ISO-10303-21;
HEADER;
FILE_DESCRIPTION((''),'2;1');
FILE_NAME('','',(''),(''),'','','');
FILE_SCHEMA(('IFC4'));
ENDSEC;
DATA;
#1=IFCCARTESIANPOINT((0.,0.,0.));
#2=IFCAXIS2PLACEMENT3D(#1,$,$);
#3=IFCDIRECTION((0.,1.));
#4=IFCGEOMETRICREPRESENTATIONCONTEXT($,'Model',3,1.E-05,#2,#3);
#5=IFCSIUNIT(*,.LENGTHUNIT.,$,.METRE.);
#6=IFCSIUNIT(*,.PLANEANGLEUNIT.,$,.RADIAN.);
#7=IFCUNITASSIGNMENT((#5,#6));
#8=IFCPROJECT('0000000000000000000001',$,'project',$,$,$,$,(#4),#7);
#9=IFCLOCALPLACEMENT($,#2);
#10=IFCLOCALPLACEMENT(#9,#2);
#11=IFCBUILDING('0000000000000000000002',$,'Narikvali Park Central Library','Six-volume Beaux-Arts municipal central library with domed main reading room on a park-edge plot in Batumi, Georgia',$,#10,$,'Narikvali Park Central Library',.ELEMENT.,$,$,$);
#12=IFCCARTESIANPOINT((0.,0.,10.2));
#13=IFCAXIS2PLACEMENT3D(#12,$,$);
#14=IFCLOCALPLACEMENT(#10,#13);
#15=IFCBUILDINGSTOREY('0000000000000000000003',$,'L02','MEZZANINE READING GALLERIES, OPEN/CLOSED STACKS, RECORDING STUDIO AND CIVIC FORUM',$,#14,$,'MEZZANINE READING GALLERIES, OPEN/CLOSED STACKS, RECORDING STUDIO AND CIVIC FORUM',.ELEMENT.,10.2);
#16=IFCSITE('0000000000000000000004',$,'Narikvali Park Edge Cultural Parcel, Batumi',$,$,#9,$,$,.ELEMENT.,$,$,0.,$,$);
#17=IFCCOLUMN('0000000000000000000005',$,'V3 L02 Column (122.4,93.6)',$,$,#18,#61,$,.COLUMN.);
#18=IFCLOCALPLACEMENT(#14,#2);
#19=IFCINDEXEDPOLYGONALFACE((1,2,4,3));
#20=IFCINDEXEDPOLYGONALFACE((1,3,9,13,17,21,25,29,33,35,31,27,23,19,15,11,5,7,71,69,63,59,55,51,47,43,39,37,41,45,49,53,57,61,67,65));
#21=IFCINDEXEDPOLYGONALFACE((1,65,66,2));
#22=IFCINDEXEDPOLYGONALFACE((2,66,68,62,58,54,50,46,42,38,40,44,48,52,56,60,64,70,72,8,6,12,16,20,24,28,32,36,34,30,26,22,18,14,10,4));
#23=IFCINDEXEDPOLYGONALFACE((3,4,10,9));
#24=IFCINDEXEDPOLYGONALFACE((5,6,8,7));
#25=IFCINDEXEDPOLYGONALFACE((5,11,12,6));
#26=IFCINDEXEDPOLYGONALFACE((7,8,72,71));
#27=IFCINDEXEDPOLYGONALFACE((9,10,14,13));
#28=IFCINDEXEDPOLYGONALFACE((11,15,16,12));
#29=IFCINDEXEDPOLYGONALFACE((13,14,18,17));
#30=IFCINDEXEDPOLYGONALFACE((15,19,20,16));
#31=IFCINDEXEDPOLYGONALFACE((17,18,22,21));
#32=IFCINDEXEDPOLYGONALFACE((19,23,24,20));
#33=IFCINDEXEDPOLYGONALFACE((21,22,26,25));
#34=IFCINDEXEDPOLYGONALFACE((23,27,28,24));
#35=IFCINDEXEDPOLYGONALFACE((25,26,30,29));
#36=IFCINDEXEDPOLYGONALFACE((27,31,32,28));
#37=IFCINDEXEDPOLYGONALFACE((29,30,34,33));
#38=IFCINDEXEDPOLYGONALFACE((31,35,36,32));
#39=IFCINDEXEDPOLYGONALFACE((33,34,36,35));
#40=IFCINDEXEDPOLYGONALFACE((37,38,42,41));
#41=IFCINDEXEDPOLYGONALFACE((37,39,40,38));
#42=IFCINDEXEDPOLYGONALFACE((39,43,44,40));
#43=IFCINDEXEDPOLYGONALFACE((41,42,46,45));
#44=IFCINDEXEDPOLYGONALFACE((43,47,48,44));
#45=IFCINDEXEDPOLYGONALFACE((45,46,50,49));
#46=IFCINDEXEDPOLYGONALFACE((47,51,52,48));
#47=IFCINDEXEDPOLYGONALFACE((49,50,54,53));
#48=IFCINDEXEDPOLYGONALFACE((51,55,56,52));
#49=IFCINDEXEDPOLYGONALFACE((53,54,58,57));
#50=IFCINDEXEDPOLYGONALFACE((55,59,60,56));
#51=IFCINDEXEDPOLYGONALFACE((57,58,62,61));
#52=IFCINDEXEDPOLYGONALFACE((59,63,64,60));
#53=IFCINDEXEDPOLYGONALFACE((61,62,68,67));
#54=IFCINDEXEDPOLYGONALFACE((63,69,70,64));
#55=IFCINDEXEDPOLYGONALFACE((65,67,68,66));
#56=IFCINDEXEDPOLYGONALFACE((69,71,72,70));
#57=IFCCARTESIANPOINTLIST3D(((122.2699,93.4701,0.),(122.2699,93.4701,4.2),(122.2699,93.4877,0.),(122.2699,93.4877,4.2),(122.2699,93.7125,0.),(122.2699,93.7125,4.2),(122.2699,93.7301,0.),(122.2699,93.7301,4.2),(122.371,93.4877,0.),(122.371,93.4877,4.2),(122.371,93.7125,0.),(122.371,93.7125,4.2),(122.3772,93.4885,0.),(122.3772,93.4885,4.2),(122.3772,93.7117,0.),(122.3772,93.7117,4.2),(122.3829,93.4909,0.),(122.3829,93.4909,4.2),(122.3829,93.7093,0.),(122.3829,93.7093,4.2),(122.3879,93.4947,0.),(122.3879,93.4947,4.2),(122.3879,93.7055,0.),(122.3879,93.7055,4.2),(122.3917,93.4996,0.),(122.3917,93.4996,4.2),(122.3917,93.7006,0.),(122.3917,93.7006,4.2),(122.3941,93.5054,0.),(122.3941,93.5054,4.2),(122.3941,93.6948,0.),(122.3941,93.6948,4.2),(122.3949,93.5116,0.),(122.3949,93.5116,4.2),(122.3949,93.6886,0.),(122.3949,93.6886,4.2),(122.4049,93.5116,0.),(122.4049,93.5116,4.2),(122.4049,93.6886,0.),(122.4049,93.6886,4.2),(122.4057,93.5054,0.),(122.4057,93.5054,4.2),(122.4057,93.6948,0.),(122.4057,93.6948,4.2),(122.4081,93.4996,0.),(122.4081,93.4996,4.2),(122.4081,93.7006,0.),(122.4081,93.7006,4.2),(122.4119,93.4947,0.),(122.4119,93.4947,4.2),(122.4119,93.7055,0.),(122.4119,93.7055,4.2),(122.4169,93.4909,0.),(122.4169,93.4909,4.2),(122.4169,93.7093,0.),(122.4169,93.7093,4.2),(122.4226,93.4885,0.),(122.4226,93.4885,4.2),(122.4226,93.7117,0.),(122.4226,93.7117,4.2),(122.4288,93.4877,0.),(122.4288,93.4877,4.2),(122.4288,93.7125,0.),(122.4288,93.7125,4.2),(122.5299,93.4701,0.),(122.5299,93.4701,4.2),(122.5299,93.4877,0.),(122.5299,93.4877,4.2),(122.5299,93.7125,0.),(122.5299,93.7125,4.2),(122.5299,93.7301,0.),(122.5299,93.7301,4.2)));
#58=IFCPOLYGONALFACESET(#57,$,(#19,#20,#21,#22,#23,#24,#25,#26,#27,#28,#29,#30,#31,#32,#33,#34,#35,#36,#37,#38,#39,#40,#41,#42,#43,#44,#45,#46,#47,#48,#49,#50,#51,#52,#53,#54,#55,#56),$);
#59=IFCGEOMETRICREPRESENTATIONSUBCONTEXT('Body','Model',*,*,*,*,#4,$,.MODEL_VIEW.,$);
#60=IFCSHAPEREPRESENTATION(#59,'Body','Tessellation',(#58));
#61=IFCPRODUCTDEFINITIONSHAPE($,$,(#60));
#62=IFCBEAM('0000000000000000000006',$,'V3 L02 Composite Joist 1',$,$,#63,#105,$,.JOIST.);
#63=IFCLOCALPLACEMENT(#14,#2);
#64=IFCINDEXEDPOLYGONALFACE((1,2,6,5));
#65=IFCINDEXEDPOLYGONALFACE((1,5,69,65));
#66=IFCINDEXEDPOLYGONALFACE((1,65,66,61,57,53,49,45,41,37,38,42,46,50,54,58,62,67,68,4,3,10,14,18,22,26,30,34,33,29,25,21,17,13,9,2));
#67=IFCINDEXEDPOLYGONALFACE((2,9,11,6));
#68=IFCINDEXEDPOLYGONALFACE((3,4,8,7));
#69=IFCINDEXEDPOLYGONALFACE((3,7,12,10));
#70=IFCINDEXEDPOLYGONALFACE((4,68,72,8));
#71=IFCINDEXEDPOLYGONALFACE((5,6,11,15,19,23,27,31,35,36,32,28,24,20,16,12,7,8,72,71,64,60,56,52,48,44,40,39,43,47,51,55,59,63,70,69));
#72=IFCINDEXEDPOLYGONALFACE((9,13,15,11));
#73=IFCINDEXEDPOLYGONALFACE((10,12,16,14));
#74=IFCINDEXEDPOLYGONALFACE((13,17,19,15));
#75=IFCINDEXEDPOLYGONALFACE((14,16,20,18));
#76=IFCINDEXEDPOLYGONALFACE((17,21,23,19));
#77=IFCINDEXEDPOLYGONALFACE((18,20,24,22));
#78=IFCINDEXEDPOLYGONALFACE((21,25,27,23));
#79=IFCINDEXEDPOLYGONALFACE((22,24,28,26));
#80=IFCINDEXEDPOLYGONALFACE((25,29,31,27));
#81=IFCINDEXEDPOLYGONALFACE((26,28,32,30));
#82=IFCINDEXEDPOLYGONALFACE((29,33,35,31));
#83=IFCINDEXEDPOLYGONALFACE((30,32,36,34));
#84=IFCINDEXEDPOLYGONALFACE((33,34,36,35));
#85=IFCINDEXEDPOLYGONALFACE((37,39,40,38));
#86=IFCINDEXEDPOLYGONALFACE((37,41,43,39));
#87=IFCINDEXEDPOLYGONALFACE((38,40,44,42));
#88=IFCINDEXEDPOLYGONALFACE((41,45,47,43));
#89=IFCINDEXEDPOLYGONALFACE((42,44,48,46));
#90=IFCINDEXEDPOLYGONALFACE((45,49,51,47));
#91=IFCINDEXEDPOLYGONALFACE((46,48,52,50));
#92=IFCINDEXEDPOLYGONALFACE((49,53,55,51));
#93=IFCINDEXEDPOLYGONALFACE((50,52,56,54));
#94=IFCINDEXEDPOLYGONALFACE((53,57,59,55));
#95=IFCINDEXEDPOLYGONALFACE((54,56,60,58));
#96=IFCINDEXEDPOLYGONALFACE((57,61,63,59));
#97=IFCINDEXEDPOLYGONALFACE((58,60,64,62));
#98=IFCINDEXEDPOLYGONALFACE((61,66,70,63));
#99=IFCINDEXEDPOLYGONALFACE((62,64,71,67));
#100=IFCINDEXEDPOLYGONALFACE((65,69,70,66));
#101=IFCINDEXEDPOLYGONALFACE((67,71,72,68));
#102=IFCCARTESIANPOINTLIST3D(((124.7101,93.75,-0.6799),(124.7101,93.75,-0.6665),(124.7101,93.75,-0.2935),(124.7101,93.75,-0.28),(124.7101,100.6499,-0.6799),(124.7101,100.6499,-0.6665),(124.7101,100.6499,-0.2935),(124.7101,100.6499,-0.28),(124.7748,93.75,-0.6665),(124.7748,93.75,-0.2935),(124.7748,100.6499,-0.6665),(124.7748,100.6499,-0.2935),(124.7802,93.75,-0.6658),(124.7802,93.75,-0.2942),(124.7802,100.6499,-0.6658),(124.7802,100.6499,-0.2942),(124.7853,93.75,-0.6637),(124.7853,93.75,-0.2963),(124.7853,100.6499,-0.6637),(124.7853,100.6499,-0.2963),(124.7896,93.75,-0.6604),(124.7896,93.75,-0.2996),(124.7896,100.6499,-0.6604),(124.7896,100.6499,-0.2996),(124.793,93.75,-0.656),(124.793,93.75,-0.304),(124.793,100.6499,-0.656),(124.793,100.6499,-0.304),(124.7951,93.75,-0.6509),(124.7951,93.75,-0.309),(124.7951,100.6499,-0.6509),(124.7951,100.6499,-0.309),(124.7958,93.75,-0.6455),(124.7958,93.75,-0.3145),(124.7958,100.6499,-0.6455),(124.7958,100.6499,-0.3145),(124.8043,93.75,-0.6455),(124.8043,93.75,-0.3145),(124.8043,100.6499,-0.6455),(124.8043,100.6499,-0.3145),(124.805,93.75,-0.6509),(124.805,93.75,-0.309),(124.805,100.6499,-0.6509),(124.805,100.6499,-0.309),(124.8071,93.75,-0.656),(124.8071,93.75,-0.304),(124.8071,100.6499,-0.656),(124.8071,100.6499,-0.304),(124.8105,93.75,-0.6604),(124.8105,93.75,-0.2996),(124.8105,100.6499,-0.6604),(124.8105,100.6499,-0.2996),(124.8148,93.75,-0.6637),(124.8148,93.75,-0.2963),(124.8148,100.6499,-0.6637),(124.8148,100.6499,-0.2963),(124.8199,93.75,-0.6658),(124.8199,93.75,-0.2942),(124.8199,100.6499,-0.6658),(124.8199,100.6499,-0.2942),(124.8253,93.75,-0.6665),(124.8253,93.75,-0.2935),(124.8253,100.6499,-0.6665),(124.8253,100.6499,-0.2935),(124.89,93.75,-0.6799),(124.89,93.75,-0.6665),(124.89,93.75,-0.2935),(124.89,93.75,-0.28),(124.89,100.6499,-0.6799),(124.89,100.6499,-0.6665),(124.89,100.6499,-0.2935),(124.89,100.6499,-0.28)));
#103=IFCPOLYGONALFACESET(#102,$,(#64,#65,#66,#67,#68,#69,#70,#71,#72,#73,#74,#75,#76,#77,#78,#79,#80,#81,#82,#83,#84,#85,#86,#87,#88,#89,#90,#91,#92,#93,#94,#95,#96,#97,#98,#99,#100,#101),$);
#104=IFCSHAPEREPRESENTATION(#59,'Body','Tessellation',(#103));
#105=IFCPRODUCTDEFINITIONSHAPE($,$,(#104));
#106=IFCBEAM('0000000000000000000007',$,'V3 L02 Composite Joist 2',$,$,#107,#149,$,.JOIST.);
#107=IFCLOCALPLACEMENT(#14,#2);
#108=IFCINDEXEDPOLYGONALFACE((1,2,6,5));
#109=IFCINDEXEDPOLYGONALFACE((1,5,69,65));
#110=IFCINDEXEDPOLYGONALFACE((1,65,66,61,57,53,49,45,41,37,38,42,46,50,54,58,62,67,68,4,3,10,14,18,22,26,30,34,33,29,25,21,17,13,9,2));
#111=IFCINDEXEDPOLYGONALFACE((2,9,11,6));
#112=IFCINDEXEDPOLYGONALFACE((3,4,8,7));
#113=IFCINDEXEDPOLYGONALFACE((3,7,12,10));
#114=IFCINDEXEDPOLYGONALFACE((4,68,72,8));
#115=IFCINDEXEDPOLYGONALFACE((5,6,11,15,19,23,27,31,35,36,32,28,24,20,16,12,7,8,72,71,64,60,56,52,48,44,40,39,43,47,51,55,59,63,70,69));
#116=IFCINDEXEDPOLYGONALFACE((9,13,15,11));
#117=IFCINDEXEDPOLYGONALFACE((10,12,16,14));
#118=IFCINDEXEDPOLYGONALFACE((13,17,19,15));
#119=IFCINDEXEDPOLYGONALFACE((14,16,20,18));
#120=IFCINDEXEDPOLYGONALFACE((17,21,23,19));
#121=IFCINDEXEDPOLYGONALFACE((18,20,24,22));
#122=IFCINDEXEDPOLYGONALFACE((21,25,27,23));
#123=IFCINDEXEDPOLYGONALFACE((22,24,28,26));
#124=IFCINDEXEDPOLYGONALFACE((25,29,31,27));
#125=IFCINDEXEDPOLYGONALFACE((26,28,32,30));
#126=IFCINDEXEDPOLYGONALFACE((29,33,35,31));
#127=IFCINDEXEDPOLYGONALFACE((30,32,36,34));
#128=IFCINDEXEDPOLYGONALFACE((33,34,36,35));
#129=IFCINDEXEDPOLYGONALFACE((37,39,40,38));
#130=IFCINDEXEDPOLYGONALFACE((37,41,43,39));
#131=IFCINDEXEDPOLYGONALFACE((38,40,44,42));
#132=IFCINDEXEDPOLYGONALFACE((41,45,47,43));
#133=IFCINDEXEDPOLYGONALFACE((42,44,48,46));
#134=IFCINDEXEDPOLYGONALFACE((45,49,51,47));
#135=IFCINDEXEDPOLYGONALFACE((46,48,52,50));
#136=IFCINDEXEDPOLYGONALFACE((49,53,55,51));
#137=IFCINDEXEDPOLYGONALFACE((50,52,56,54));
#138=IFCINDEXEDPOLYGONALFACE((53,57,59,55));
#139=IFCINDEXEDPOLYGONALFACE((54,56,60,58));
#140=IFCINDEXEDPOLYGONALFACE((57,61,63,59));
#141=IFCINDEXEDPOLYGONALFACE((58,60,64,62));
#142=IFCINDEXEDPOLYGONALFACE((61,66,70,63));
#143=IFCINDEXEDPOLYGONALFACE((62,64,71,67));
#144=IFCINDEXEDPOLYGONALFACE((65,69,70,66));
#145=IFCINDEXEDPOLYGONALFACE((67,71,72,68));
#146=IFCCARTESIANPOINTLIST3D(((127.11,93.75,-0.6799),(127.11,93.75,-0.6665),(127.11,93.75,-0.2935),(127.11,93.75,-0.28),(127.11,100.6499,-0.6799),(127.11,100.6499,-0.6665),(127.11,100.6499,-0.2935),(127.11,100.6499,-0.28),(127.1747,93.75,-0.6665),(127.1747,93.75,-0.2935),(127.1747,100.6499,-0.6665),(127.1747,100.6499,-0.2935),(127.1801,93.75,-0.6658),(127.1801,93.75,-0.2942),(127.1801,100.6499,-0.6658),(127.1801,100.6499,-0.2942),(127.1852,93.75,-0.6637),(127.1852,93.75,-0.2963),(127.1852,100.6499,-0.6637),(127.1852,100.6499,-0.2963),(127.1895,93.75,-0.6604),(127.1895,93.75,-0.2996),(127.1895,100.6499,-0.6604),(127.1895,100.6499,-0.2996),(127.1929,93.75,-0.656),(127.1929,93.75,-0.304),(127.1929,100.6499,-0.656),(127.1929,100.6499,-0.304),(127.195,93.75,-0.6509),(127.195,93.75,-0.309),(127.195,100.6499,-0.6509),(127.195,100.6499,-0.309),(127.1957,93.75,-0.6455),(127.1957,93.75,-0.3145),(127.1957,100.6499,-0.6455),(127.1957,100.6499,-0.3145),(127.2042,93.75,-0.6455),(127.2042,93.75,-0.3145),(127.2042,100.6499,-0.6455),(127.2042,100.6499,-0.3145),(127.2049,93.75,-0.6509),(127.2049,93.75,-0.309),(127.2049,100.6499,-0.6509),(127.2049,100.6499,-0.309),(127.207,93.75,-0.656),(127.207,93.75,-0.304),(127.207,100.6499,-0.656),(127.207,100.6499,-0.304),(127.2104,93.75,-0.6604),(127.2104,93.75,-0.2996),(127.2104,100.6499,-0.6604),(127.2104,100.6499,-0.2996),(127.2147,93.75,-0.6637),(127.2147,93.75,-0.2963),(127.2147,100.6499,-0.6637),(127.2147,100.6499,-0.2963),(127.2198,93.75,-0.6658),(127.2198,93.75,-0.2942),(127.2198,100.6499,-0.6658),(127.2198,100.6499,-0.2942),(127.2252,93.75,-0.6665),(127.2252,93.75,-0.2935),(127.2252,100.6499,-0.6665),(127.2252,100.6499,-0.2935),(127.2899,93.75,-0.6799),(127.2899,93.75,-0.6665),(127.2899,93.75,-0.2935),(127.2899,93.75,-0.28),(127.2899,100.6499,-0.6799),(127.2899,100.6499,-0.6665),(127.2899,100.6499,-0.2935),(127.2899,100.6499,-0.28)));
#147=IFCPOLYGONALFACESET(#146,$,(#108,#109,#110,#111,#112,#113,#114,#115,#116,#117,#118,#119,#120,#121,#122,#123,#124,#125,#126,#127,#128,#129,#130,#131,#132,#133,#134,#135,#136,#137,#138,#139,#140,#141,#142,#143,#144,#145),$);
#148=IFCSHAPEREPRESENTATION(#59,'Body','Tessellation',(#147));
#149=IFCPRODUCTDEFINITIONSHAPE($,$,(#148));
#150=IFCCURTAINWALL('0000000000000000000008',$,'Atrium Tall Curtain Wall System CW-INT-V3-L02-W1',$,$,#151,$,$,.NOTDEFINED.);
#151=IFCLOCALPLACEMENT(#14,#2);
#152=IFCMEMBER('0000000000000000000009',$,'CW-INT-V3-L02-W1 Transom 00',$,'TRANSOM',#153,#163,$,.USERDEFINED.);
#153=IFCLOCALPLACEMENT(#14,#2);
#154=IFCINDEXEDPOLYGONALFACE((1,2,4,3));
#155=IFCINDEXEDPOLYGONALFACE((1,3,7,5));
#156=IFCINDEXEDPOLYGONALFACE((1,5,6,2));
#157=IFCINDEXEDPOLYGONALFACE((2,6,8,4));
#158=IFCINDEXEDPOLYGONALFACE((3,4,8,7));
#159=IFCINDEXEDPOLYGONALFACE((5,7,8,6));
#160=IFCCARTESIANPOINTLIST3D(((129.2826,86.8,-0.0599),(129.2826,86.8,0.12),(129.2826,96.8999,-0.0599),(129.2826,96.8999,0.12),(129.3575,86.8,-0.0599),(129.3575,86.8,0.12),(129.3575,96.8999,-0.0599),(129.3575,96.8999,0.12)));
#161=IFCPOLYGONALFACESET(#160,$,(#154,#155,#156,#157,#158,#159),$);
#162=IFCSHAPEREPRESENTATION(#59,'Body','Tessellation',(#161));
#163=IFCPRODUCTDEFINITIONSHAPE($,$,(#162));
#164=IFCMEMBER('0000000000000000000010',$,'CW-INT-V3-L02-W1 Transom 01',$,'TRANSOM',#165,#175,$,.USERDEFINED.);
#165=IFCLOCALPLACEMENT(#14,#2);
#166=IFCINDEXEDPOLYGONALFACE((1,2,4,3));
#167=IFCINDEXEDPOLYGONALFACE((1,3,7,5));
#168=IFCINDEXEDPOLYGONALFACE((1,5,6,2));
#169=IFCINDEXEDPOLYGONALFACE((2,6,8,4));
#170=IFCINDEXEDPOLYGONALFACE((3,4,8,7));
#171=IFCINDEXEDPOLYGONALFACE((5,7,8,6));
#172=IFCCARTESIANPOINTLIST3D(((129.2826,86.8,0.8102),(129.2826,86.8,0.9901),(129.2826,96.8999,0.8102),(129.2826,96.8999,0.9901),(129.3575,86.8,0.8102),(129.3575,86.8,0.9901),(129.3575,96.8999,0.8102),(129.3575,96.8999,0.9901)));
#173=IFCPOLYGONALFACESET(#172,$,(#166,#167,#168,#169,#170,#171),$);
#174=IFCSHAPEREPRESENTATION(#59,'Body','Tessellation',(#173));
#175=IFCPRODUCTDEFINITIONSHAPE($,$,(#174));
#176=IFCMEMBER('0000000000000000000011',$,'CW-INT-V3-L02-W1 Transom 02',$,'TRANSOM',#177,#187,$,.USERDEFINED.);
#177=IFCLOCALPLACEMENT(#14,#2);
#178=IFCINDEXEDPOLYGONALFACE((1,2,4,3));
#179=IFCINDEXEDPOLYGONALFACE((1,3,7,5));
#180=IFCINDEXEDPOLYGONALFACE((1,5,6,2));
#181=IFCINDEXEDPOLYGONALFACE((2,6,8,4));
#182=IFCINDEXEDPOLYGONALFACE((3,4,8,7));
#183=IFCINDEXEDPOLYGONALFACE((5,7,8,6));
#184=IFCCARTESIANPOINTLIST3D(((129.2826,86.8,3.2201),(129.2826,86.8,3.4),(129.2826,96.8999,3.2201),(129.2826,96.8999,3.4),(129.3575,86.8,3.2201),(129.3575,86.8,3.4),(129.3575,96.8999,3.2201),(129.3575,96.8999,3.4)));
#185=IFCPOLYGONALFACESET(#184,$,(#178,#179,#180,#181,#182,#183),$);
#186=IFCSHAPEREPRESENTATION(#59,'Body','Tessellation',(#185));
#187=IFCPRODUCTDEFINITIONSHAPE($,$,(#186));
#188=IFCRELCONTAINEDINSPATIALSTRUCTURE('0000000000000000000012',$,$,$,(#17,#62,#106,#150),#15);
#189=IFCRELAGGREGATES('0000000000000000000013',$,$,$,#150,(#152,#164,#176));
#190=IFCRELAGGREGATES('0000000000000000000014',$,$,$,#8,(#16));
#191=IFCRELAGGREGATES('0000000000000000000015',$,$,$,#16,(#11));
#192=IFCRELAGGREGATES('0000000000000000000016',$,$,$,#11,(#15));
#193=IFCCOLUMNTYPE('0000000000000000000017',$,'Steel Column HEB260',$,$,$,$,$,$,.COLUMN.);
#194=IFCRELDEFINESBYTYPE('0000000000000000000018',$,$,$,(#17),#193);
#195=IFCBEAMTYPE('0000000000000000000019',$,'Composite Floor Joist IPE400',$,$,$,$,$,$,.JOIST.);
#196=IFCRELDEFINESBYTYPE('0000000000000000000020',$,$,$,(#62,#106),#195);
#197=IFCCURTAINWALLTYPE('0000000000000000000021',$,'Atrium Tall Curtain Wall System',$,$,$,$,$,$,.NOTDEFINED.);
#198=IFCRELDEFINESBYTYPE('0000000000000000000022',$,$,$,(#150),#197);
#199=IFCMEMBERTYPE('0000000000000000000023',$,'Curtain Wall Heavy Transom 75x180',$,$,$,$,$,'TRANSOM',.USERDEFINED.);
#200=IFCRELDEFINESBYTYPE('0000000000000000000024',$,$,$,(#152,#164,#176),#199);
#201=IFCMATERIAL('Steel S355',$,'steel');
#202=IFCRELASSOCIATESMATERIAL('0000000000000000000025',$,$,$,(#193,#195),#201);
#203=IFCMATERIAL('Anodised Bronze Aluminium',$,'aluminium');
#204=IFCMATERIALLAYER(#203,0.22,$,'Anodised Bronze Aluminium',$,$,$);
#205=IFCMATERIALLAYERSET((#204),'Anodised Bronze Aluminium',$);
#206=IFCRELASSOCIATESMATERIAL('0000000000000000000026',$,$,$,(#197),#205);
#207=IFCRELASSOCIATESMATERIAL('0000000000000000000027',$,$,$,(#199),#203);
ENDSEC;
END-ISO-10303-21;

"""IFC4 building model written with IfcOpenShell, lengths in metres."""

from ifc_helpers import new_model, si_unit, direction, frame, origin, origin_2d, place, context, subcontext, project, spatial, rectangle, i_section, extrude, material, layer, layer_set, material_profile, profile_set, type_object, element, aggregate, save


model = new_model("IFC4")

# Units and contexts
model_context = context("Model", 3, precision=1e-05, world=origin(), true_north=direction((0.0, 1.0)))
body_context = subcontext(model_context, "Body", "Model", "MODEL_VIEW")
ifc_project = project(units=[si_unit("LENGTHUNIT", "METRE"), si_unit("PLANEANGLEUNIT", "RADIAN")], contexts=[model_context])

# Site, building, storey
site_placement = place(None, origin())
site = spatial("IfcSite", under=ifc_project, at=site_placement, Name="Narikvali Park Edge Cultural Parcel, Batumi", CompositionType="ELEMENT", RefElevation=0.0)
building_placement = place(site_placement, origin())
building = spatial("IfcBuilding", under=site, at=building_placement, Name="Narikvali Park Central Library", Description="Six-volume Beaux-Arts municipal central library with domed main reading room on a park-edge plot in Batumi, Georgia", LongName="Narikvali Park Central Library", CompositionType="ELEMENT")
storey_placement = place(building_placement, frame((0.0, 0.0, 10.2)))
storey = spatial("IfcBuildingStorey", under=building, at=storey_placement, Name="L02", Description="MEZZANINE READING GALLERIES, OPEN/CLOSED STACKS, RECORDING STUDIO AND CIVIC FORUM", LongName="MEZZANINE READING GALLERIES, OPEN/CLOSED STACKS, RECORDING STUDIO AND CIVIC FORUM", CompositionType="ELEMENT", Elevation=10.2)

# Column
ifc_material_1 = material(Name="Steel S355", Category="steel")
ifc_material_profile_1 = material_profile(ifc_material_1, i_section(OverallWidth=0.26, OverallDepth=0.26, WebThickness=0.01, FlangeThickness=0.0176, FilletRadius=0.0239, at=origin_2d()), Name="HEB 260")
ifc_profile_set_1 = profile_set([ifc_material_profile_1], Name="Steel S355")
column_type = type_object("IfcColumnType", Name="Steel Column HEB260", PredefinedType="COLUMN", material=ifc_profile_set_1)
column_placement = place(storey_placement, frame((122.3999, 93.6001, 0.0), z_axis=(0.0, 0.0, 1.0), x_axis=(1.0, 0.0, 0.0)))
element("IfcColumn", 1, at=column_placement, inside=storey, type_object=column_type, Name="V3 L02 Column (122.4,93.6)", PredefinedType="COLUMN", context=body_context, shape_type="SweptSolid", body=[
    extrude(i_section(OverallWidth=0.26, OverallDepth=0.26, WebThickness=0.01, FlangeThickness=0.0176, FilletRadius=0.0239, at=origin_2d()), origin(), (0.0, 0.0, 1.0), 4.2),
])

# Beams
ifc_material_profile_2 = material_profile(ifc_material_1, i_section(OverallWidth=0.1799, OverallDepth=0.3999, WebThickness=0.0085, FlangeThickness=0.0134, FilletRadius=0.021, at=origin_2d()), Name="IPE 400")
ifc_profile_set_2 = profile_set([ifc_material_profile_2], Name="Steel S355")
beam_type_1 = type_object("IfcBeamType", Name="Composite Floor Joist IPE400", PredefinedType="JOIST", material=ifc_profile_set_2)
for number, where, z_axis, x_axis, name in (
    (2, (124.8, 93.75, -0.48), (0.0, 1.0, 0.0), (-1.0, 0.0, 0.0), "V3 L02 Composite Joist 1"),
    (3, (127.2, 93.75, -0.48), (0.0, 1.0, 0.0), (-1.0, 0.0, 0.0), "V3 L02 Composite Joist 2"),
):
    element("IfcBeam", number, at=place(storey_placement, frame(where, z_axis=z_axis, x_axis=x_axis)), inside=storey, type_object=beam_type_1, Name=name, PredefinedType="JOIST", context=body_context, shape_type="SweptSolid", body=[
        extrude(i_section(OverallWidth=0.1799, OverallDepth=0.3999, WebThickness=0.0085, FlangeThickness=0.0134, FilletRadius=0.021, at=origin_2d()), origin(), (0.0, 0.0, 1.0), 6.8999),
    ])

# Curtain wall, members
ifc_material_2 = material(Name="Anodised Bronze Aluminium", Category="aluminium")
ifc_layer_1 = layer(ifc_material_2, 0.22, Name="Anodised Bronze Aluminium")
ifc_layer_set_1 = layer_set([ifc_layer_1], Name="Anodised Bronze Aluminium")
curtain_wall_type = type_object("IfcCurtainWallType", Name="Atrium Tall Curtain Wall System", PredefinedType="NOTDEFINED", material=ifc_layer_set_1)
curtain_wall_placement = place(storey_placement, origin())
curtain_wall = element("IfcCurtainWall", 4, at=curtain_wall_placement, inside=storey, type_object=curtain_wall_type, Name="Atrium Tall Curtain Wall System CW-INT-V3-L02-W1", PredefinedType="NOTDEFINED")
ifc_material_profile_3 = material_profile(ifc_material_2, rectangle(XDim=0.075, YDim=0.1799, at=origin_2d()), Name="CW TRANSOM 75x180")
ifc_profile_set_3 = profile_set([ifc_material_profile_3], Name="Anodised Bronze Aluminium")
member_type_1 = type_object("IfcMemberType", Name="Curtain Wall Heavy Transom 75x180", ElementType="TRANSOM", PredefinedType="USERDEFINED", material=ifc_profile_set_3)
member_1_placement = place(storey_placement, frame((129.3201, 86.8, 0.03), z_axis=(0.0, 1.0, 0.0), x_axis=(-1.0, 0.0, 0.0)))
member_1 = element("IfcMember", 5, at=member_1_placement, type_object=member_type_1, Name="CW-INT-V3-L02-W1 Transom 00", ObjectType="TRANSOM", PredefinedType="USERDEFINED", context=body_context, shape_type="SweptSolid", body=[
    extrude(rectangle(XDim=0.075, YDim=0.1799, at=origin_2d()), origin(), (0.0, 0.0, 1.0), 10.0999),
])
member_2_placement = place(storey_placement, frame((129.3201, 86.8, 0.9001), z_axis=(0.0, 1.0, 0.0), x_axis=(-1.0, 0.0, 0.0)))
member_2 = element("IfcMember", 6, at=member_2_placement, type_object=member_type_1, Name="CW-INT-V3-L02-W1 Transom 01", ObjectType="TRANSOM", PredefinedType="USERDEFINED", context=body_context, shape_type="SweptSolid", body=[
    extrude(rectangle(XDim=0.075, YDim=0.1799, at=origin_2d()), origin(), (0.0, 0.0, 1.0), 10.0999),
])
member_3_placement = place(storey_placement, frame((129.3201, 86.8, 3.3101), z_axis=(0.0, 1.0, 0.0), x_axis=(-1.0, 0.0, 0.0)))
member_3 = element("IfcMember", 7, at=member_3_placement, type_object=member_type_1, Name="CW-INT-V3-L02-W1 Transom 02", ObjectType="TRANSOM", PredefinedType="USERDEFINED", context=body_context, shape_type="SweptSolid", body=[
    extrude(rectangle(XDim=0.075, YDim=0.1799, at=origin_2d()), origin(), (0.0, 0.0, 1.0), 10.0999),
])

aggregate(curtain_wall, [member_1, member_2, member_3])

save(model, "model.ifc")
